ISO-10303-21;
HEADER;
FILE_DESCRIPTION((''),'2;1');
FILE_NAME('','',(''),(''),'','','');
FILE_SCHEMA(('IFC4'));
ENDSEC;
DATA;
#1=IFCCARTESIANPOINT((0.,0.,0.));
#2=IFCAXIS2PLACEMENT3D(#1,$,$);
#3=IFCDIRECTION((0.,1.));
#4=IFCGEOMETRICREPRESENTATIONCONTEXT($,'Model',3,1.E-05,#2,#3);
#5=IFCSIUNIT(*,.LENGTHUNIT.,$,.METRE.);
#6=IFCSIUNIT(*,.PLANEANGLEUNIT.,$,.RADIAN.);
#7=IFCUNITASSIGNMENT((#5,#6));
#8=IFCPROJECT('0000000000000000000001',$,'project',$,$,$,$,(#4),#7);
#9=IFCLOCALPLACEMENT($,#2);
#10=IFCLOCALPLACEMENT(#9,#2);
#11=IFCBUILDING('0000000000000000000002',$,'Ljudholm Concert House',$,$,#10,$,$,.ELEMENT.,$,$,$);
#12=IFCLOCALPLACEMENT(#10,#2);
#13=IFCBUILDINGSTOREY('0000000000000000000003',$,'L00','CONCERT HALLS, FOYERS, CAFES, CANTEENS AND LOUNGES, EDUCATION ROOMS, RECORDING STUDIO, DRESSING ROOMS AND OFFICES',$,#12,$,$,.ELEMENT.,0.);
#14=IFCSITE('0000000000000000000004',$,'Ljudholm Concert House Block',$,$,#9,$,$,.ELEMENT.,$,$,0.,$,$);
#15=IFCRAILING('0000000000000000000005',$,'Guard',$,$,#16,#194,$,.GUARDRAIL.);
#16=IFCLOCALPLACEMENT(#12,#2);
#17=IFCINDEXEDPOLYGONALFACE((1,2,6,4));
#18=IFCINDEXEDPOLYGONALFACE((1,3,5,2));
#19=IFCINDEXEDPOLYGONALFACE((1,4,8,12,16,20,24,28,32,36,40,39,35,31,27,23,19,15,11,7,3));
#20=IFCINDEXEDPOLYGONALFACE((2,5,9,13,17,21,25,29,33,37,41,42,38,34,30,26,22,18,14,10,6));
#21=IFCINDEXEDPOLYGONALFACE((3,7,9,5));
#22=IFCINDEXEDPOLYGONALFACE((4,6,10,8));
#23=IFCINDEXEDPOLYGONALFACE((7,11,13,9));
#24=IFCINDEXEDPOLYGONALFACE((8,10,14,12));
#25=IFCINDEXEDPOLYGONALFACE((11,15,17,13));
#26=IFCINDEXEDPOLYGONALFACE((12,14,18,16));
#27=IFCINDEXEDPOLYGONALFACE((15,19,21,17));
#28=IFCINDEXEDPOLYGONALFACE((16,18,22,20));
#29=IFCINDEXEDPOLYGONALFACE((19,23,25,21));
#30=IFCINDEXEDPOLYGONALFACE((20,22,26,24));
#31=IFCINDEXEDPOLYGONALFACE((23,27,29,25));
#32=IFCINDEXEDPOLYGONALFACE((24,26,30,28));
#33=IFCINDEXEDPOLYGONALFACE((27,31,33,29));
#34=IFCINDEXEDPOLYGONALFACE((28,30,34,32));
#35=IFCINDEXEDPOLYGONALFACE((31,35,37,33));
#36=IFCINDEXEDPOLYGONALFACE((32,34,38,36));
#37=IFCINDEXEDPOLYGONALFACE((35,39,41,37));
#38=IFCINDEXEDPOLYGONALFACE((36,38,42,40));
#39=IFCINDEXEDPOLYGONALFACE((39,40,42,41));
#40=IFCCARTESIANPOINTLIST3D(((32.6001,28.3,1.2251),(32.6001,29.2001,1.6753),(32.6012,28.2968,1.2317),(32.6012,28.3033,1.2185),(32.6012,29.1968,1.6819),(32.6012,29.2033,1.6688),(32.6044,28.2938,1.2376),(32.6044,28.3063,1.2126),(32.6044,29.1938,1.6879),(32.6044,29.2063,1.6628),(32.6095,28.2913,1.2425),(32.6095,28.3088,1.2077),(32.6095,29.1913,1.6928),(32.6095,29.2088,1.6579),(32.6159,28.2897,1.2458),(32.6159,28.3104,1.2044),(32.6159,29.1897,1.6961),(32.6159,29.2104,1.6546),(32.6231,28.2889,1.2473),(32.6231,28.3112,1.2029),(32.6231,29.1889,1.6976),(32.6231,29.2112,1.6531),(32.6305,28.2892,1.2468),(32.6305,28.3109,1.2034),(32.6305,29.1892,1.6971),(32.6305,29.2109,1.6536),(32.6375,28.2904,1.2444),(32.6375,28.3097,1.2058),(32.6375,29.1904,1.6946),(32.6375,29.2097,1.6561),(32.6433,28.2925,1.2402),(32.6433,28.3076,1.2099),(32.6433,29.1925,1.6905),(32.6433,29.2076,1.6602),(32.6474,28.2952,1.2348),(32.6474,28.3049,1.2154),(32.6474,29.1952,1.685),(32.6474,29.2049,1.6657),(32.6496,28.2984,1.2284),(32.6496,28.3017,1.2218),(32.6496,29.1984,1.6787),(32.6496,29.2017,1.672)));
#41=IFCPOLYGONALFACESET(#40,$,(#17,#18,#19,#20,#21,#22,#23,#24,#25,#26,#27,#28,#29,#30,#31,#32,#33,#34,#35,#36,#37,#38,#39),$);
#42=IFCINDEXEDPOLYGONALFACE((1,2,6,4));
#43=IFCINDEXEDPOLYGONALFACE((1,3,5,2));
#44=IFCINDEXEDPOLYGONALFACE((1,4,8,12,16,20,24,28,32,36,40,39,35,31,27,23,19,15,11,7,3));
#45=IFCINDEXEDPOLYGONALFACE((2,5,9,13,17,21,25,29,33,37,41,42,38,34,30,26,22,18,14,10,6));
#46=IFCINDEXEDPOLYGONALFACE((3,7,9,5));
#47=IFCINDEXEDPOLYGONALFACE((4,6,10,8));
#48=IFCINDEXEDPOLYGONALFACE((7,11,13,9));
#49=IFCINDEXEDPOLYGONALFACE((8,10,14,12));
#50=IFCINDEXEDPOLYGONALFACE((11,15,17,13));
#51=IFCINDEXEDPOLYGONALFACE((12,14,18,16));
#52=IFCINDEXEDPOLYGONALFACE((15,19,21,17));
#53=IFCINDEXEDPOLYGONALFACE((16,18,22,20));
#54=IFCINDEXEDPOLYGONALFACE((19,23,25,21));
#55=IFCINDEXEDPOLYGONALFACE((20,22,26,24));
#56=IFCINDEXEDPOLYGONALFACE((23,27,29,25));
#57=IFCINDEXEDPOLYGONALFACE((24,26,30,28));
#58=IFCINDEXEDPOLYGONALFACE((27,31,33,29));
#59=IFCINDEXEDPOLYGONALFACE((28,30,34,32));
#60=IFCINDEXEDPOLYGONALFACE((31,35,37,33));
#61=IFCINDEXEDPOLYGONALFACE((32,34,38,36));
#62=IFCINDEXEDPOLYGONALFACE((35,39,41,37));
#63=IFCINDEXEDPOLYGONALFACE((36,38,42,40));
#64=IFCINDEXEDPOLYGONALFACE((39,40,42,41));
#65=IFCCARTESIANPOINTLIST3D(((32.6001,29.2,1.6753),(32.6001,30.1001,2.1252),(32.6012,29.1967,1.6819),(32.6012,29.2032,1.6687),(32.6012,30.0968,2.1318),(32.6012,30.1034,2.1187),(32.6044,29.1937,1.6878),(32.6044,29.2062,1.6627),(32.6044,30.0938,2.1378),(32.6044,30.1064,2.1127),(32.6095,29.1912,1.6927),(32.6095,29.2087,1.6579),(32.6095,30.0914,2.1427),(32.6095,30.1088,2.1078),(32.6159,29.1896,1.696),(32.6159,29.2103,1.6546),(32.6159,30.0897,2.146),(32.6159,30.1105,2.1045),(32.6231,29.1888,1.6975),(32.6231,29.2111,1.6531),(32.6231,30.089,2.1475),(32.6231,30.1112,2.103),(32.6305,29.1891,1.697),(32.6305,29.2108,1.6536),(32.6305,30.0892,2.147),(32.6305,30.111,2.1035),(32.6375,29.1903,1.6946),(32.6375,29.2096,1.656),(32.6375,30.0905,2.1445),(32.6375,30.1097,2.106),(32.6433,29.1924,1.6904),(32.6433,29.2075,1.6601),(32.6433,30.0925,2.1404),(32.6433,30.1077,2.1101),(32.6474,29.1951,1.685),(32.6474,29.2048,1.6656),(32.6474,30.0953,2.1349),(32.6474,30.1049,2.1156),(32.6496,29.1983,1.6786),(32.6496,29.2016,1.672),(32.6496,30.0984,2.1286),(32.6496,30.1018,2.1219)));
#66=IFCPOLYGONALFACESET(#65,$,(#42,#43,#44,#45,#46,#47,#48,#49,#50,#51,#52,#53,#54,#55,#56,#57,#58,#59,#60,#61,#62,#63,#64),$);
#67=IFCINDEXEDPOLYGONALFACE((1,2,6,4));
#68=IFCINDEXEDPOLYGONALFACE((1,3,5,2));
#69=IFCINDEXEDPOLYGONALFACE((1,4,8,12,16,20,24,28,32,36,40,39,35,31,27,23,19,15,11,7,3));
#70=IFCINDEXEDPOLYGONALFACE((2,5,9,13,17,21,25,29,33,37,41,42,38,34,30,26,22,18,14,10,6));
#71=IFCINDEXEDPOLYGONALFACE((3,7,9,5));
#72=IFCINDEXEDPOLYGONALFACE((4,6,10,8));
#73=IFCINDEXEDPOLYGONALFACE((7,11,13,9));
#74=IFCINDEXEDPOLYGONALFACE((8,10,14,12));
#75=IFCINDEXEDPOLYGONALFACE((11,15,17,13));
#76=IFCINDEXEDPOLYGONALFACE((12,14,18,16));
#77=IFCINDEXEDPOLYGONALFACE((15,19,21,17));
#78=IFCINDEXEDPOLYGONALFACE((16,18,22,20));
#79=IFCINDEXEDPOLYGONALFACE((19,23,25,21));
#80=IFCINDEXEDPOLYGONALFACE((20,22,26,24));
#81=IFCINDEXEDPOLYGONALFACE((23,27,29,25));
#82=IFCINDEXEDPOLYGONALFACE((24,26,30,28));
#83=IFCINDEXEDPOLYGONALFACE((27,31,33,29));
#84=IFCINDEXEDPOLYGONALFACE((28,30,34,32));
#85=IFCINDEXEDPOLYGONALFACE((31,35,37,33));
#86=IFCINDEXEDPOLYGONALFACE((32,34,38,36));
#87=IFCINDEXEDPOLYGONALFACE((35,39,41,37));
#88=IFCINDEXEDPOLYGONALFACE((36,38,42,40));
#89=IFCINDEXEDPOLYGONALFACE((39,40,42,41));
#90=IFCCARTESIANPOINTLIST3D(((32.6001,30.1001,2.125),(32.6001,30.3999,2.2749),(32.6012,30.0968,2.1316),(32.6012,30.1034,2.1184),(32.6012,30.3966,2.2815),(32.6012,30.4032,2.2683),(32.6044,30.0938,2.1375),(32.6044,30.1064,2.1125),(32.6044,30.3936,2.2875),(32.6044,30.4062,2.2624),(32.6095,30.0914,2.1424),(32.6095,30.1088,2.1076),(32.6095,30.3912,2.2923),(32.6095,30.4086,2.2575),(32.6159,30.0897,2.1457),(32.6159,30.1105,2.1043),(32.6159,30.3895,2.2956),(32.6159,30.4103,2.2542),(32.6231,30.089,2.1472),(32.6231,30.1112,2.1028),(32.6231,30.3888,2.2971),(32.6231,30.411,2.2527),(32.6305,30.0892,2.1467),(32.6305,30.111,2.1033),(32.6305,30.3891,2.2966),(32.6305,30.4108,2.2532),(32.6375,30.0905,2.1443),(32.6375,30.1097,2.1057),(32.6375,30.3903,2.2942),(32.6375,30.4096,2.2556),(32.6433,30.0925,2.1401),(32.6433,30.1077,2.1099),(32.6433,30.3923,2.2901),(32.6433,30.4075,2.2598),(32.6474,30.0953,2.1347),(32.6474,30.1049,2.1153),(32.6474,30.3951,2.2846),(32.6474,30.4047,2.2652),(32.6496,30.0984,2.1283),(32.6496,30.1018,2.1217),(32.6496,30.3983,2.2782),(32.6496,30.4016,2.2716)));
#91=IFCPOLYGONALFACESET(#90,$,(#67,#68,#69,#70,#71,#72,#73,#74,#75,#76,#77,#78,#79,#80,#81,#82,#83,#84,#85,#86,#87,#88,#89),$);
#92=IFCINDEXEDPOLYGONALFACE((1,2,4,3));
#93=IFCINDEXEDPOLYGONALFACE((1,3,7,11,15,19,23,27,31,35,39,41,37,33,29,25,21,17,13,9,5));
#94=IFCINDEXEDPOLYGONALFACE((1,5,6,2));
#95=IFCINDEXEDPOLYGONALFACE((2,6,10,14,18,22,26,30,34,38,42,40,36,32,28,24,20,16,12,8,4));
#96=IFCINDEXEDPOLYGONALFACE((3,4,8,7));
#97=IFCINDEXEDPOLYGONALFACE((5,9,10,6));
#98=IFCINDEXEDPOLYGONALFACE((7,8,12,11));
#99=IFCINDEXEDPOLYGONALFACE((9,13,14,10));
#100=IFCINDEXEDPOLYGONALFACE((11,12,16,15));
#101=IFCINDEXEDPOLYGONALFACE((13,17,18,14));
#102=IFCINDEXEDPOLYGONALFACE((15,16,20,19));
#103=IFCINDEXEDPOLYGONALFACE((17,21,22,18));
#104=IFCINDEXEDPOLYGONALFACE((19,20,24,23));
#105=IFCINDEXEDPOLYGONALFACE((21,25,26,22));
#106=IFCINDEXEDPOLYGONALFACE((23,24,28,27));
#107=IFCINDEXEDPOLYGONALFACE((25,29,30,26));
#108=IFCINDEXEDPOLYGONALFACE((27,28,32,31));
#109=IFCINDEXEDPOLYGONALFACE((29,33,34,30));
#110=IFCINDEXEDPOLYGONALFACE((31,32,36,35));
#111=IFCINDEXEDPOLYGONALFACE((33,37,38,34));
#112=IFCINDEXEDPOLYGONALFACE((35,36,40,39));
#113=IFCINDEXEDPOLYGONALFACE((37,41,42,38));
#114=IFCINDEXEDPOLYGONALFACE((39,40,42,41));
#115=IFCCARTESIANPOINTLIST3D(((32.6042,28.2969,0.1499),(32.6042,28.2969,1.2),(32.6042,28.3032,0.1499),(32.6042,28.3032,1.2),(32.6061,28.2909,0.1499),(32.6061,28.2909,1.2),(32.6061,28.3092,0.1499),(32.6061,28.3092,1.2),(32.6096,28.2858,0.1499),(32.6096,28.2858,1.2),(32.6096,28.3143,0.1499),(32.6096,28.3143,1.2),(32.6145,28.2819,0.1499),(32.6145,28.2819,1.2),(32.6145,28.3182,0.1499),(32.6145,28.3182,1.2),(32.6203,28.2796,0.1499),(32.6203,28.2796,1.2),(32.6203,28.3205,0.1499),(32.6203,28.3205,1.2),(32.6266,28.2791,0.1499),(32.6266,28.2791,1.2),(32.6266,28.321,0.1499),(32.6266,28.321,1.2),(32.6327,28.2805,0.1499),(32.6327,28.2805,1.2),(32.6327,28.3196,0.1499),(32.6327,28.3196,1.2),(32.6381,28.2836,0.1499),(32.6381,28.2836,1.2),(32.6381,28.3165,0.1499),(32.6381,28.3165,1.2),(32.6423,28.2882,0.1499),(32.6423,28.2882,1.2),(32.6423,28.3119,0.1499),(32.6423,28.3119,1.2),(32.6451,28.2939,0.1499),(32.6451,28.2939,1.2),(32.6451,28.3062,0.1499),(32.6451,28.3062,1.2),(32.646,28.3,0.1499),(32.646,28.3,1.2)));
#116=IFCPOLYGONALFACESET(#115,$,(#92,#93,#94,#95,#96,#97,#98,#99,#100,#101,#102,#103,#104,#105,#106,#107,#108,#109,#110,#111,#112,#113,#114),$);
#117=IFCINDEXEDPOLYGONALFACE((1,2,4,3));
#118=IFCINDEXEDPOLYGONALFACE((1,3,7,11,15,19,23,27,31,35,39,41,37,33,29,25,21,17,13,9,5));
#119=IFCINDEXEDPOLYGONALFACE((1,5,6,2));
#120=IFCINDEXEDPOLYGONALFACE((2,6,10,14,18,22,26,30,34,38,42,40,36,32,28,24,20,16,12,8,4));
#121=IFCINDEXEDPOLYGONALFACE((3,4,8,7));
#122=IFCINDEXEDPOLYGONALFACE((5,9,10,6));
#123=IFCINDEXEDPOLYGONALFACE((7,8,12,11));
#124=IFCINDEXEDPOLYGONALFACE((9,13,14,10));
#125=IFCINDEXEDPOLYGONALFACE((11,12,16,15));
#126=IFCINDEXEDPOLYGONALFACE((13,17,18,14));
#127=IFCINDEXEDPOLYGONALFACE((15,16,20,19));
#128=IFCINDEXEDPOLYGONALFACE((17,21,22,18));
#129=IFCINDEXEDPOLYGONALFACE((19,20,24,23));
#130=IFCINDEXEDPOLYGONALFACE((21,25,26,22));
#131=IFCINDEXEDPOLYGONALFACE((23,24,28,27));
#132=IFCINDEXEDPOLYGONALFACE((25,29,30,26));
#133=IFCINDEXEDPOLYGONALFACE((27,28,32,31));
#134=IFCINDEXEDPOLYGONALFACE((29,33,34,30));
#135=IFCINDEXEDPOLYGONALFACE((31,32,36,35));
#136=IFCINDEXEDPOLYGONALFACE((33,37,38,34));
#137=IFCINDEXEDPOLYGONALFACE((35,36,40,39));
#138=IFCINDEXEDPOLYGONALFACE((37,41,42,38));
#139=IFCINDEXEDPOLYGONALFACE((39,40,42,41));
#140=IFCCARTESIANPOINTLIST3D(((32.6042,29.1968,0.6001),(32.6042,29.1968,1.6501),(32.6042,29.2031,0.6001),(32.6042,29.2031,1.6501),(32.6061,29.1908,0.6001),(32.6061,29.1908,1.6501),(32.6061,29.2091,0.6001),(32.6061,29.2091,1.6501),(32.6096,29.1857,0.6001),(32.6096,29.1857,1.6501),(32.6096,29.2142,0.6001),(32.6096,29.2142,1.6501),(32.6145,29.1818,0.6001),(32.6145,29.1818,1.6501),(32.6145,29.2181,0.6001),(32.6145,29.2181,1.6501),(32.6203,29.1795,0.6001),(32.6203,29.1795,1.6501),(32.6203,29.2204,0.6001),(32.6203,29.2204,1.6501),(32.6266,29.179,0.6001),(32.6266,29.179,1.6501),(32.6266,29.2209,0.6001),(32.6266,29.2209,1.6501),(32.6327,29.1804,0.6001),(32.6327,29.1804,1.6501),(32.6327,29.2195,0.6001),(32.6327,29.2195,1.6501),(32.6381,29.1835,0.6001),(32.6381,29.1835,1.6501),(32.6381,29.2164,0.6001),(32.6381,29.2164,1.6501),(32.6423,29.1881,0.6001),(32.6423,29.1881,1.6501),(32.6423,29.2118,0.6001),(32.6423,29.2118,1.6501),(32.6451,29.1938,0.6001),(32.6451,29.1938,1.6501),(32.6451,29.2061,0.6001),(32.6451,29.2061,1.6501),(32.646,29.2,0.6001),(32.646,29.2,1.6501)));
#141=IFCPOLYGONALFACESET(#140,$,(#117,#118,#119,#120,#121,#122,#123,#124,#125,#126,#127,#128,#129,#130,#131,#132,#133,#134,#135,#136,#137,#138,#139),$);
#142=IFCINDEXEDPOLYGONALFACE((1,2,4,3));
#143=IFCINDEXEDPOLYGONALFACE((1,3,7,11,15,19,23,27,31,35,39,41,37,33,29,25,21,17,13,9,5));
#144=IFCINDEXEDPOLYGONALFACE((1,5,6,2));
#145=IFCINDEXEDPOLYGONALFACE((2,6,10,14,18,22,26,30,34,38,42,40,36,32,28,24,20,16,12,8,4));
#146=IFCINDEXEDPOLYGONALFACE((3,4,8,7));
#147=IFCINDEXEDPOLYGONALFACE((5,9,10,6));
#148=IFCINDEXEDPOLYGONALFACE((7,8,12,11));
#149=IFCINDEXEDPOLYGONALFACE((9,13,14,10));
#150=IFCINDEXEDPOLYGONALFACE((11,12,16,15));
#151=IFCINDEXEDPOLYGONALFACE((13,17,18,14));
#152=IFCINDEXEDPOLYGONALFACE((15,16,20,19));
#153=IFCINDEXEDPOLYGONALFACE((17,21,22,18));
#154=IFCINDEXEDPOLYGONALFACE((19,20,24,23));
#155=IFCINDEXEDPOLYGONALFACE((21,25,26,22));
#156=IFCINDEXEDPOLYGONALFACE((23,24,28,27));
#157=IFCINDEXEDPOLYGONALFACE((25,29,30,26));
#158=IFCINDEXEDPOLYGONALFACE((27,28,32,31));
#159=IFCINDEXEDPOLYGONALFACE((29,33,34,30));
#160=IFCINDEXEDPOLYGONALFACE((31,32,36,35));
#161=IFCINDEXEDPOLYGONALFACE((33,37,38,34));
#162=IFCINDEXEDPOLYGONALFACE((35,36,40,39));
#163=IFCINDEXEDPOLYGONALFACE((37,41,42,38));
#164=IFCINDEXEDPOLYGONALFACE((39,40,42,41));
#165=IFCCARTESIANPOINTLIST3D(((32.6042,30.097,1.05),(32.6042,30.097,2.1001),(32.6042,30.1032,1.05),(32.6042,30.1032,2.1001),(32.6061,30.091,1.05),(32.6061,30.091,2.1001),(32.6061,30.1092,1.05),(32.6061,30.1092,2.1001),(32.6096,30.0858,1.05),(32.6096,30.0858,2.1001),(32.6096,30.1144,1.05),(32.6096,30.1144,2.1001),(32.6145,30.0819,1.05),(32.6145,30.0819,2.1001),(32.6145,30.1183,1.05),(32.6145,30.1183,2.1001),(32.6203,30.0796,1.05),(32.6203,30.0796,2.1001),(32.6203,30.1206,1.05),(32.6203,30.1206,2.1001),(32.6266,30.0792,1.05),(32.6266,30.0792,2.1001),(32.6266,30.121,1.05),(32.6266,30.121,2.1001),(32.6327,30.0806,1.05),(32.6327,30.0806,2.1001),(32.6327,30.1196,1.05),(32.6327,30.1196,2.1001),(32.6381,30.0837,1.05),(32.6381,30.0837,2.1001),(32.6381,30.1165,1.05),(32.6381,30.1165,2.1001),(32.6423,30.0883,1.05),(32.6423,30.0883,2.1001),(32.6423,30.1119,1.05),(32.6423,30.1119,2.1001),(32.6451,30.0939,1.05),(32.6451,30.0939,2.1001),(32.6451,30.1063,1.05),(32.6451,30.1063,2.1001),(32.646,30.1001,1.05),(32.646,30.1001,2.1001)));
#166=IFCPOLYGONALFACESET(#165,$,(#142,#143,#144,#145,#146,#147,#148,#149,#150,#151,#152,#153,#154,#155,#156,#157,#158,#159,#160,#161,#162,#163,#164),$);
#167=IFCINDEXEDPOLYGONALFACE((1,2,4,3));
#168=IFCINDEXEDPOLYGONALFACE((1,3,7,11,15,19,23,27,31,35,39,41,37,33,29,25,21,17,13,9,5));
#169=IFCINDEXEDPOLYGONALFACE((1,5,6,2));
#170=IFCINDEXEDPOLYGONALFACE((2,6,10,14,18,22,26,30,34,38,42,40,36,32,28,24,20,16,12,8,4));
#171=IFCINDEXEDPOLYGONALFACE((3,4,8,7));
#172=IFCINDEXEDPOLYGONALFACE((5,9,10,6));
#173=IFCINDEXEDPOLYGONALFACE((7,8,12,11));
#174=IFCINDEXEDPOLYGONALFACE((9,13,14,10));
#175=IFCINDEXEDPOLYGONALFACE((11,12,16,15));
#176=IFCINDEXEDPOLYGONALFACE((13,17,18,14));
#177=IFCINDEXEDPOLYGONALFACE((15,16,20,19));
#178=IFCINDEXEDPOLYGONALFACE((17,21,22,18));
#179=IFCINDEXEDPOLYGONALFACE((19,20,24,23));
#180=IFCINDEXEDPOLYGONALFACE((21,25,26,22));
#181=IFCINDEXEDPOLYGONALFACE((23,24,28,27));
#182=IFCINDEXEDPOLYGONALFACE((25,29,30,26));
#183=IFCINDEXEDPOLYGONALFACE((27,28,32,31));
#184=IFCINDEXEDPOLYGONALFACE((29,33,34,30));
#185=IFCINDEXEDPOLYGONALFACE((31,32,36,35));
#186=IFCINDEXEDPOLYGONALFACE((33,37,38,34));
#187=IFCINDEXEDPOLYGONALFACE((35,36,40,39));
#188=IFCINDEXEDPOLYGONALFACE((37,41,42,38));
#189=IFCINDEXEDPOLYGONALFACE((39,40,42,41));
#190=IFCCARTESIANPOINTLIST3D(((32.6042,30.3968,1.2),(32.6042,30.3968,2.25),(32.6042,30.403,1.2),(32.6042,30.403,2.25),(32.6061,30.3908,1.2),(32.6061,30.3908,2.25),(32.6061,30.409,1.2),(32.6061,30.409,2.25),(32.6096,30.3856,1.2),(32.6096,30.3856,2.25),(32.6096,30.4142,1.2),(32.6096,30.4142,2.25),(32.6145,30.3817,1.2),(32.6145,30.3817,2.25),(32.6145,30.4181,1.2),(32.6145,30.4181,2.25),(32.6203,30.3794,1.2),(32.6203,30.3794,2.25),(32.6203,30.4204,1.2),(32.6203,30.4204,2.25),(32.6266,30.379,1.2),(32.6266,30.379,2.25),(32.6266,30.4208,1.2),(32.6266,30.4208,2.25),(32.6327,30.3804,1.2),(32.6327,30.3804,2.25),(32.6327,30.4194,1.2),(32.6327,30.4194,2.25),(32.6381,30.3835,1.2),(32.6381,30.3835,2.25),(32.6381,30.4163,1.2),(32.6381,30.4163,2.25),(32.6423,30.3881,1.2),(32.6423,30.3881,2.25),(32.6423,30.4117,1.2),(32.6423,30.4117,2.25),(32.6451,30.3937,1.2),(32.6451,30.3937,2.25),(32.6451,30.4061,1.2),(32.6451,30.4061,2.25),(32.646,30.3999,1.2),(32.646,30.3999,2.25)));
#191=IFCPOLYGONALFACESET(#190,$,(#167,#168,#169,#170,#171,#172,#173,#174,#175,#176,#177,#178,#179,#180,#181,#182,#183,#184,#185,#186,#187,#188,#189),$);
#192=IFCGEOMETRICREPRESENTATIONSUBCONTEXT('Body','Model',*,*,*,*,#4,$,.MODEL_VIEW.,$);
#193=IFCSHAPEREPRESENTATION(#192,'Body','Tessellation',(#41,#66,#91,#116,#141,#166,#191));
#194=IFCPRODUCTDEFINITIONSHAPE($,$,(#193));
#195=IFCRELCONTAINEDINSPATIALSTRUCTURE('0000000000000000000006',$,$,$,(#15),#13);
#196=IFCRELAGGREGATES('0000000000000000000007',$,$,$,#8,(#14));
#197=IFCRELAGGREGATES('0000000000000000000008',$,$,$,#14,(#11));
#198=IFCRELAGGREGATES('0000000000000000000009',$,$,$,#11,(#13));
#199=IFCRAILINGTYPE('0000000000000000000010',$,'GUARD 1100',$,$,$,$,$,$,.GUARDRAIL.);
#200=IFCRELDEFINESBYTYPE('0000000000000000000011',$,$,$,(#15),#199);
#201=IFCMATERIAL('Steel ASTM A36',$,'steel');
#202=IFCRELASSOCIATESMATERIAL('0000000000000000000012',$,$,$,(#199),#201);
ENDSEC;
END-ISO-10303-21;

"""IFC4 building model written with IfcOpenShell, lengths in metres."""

from ifc_helpers import new_model, si_unit, direction, frame, origin, origin_2d, place, context, subcontext, project, spatial, circle, extrude, material, type_object, element, save


model = new_model("IFC4")

# Units and contexts
model_context = context("Model", 3, precision=1e-05, world=origin(), true_north=direction((0.0, 1.0)))
body_context = subcontext(model_context, "Body", "Model", "MODEL_VIEW")
ifc_project = project(units=[si_unit("LENGTHUNIT", "METRE"), si_unit("PLANEANGLEUNIT", "RADIAN")], contexts=[model_context])

# Site, building, storey
site_placement = place(None, origin())
site = spatial("IfcSite", under=ifc_project, at=site_placement, Name="Ljudholm Concert House Block", CompositionType="ELEMENT", RefElevation=0.0)
building_placement = place(site_placement, origin())
building = spatial("IfcBuilding", under=site, at=building_placement, Name="Ljudholm Concert House", CompositionType="ELEMENT")
storey_placement = place(building_placement, origin())
storey = spatial("IfcBuildingStorey", under=building, at=storey_placement, Name="L00", Description="CONCERT HALLS, FOYERS, CAFES, CANTEENS AND LOUNGES, EDUCATION ROOMS, RECORDING STUDIO, DRESSING ROOMS AND OFFICES", CompositionType="ELEMENT", Elevation=0.0)

# Railing
ifc_material_1 = material(Name="Steel ASTM A36", Category="steel")
railing_type_1 = type_object("IfcRailingType", Name="GUARD 1100", PredefinedType="GUARDRAIL", material=ifc_material_1)
railing_1_placement = place(storey_placement, frame((32.625, 28.3, 0.1499)))
element("IfcRailing", 1, at=railing_1_placement, inside=storey, type_object=railing_type_1, Name="Guard", PredefinedType="GUARDRAIL", context=body_context, shape_type="SweptSolid", body=[
    extrude(circle(Radius=0.0249, at=origin_2d()), frame((0.0, 0.0, 1.0752), z_axis=(0.0, 0.89433, 0.447408), x_axis=(-1.0, 0.0, 0.0)), (0.0, 0.0, 1.0), 1.0063),
    extrude(circle(Radius=0.0249, at=origin_2d()), frame((0.0, 0.8999, 1.5254), z_axis=(0.0, 0.894476, 0.447117), x_axis=(-1.0, 0.0, 0.0)), (0.0, 0.0, 1.0), 1.0063),
    extrude(circle(Radius=0.0249, at=origin_2d()), frame((0.0, 1.8, 1.9751), z_axis=(0.0, 0.894427, 0.447214), x_axis=(-1.0, 0.0, 0.0)), (0.0, 0.0, 1.0), 0.3352),
    extrude(circle(Radius=0.021, at=origin_2d()), origin(), (0.0, 0.0, 1.0), 1.05),
    extrude(circle(Radius=0.021, at=origin_2d()), frame((0.0, 0.8999, 0.4502)), (0.0, 0.0, 1.0), 1.05),
    extrude(circle(Radius=0.021, at=origin_2d()), frame((0.0, 1.8, 0.9001)), (0.0, 0.0, 1.0), 1.05),
    extrude(circle(Radius=0.021, at=origin_2d()), frame((0.0, 2.0999, 1.05)), (0.0, 0.0, 1.0), 1.05),
])

save(model, "model.ifc")
